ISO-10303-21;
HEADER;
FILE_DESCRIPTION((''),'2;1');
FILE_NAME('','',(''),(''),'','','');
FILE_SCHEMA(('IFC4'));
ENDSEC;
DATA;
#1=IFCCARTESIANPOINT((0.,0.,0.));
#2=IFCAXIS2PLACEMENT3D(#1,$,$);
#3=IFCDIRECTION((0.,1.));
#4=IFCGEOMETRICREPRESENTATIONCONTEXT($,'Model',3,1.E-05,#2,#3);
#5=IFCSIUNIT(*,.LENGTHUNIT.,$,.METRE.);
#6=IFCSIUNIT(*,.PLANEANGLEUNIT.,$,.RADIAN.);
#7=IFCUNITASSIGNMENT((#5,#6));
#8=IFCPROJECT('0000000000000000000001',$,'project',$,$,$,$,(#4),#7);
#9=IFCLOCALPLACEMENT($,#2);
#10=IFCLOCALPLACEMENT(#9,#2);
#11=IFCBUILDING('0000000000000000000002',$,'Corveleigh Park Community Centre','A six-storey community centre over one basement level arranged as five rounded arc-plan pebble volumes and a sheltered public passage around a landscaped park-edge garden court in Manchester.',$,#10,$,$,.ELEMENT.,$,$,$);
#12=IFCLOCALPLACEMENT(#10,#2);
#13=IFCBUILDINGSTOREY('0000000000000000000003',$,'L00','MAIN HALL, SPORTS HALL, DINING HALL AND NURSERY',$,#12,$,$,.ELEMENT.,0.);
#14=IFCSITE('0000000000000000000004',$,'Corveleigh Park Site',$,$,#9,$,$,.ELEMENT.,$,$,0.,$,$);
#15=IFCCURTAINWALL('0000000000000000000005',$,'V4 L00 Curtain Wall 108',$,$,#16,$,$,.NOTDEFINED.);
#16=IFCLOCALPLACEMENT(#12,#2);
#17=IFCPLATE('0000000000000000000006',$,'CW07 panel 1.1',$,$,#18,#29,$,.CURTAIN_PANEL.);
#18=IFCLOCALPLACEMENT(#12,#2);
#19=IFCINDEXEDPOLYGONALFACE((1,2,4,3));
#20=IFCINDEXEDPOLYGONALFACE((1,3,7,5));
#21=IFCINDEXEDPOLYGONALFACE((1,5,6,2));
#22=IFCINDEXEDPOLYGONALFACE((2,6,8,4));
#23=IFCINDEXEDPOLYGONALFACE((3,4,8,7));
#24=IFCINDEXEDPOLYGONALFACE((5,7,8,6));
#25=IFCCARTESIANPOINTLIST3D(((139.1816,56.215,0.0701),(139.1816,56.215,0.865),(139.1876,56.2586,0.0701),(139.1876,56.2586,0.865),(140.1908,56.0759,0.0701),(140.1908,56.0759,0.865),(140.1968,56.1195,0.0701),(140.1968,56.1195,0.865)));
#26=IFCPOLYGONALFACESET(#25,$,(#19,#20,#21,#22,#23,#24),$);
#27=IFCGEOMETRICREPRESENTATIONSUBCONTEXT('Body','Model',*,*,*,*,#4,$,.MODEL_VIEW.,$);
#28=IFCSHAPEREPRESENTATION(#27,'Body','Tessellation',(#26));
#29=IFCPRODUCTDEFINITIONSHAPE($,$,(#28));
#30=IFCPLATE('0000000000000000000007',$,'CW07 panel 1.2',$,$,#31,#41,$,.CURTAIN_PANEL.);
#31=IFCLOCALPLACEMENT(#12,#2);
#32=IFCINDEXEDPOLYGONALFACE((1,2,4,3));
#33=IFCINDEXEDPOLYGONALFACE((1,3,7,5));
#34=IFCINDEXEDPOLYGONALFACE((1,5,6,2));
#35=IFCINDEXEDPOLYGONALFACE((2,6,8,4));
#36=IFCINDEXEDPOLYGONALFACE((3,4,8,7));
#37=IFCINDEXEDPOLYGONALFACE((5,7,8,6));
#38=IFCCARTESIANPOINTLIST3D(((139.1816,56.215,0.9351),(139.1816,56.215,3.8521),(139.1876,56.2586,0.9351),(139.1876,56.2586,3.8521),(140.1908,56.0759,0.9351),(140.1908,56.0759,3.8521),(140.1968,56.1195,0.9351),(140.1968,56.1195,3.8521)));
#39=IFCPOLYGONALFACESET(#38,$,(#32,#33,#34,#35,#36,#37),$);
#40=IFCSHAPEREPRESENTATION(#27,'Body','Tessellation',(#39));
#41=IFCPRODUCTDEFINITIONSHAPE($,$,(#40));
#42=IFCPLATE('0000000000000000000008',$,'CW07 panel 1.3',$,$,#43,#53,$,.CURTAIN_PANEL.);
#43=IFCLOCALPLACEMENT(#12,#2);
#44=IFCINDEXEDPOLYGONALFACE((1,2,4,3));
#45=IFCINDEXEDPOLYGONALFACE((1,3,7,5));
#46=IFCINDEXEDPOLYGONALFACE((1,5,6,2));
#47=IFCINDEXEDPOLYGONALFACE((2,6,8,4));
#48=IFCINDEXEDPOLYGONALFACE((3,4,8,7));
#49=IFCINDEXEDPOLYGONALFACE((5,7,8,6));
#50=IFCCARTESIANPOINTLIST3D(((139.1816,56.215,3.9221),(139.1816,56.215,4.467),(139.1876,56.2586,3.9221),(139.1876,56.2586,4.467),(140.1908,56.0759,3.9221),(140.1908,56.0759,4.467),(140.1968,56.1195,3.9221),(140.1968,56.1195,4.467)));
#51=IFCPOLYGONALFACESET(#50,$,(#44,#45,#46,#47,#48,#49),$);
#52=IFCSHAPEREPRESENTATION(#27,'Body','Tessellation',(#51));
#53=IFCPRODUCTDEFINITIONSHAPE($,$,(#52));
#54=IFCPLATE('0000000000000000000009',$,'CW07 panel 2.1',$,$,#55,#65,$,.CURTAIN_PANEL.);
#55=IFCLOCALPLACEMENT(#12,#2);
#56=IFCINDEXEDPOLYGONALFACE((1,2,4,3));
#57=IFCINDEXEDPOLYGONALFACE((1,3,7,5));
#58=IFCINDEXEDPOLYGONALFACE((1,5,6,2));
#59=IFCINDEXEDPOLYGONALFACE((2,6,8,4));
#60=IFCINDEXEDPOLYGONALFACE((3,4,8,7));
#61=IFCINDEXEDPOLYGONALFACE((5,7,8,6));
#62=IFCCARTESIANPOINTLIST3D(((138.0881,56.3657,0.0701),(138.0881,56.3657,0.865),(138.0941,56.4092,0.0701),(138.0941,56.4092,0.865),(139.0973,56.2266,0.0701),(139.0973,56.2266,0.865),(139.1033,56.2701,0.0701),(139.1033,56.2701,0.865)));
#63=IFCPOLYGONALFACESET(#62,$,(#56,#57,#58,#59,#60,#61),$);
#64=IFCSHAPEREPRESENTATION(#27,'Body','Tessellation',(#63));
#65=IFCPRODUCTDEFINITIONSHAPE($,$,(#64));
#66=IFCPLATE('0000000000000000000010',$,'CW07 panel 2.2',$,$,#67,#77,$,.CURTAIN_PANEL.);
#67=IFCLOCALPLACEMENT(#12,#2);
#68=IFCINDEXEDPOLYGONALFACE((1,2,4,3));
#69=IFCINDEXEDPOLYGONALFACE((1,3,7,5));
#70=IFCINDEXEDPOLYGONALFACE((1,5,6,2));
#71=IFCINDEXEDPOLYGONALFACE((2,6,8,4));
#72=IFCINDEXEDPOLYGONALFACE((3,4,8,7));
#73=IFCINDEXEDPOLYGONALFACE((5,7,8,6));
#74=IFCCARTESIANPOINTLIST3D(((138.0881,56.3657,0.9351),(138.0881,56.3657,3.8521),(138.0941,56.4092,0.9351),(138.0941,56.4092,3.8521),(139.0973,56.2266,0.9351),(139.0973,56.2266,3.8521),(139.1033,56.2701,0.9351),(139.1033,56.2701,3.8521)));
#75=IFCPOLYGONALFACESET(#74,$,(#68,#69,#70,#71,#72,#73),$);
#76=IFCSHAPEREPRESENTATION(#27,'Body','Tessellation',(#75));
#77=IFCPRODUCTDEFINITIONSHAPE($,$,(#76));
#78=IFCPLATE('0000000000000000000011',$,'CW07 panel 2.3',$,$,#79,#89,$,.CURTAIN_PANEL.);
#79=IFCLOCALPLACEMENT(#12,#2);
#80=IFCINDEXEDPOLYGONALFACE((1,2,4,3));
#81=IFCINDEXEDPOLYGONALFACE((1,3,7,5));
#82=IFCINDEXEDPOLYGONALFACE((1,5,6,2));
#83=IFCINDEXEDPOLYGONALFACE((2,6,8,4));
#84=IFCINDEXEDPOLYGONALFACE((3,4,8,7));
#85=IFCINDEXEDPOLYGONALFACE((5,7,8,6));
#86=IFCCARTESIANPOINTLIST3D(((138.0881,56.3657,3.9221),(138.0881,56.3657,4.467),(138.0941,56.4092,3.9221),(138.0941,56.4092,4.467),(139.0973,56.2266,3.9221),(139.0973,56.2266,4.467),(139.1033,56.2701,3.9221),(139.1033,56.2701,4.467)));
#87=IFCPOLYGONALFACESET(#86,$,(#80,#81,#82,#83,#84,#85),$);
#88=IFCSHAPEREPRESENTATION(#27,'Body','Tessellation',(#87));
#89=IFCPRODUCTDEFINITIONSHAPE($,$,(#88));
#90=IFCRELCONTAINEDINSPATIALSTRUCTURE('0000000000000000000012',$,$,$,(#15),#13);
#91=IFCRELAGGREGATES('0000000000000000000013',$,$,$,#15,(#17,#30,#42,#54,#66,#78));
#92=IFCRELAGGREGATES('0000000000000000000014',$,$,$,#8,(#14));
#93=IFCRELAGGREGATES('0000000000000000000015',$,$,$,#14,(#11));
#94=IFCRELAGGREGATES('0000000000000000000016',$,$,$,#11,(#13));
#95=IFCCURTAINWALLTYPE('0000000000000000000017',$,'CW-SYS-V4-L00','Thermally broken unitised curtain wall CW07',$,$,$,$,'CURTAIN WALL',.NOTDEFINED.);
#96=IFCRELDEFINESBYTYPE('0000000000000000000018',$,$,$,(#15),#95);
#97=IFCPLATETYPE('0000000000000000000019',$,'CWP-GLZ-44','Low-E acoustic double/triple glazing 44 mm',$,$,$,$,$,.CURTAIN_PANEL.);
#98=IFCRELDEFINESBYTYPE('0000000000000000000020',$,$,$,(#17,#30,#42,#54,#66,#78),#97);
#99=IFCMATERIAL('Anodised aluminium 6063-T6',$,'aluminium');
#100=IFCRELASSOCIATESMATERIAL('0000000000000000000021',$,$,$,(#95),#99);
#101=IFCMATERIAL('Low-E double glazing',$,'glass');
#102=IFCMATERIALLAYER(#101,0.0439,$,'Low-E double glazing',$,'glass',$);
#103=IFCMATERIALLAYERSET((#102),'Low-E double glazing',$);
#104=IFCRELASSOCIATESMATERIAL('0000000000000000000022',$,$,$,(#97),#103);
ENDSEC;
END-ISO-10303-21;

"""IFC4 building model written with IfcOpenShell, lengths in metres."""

from ifc_helpers import new_model, si_unit, direction, frame, origin, origin_2d, place, context, subcontext, project, spatial, rectangle, extrude, material, layer, layer_set, type_object, element, aggregate, save


model = new_model("IFC4")

# Units and contexts
model_context = context("Model", 3, precision=1e-05, world=origin(), true_north=direction((0.0, 1.0)))
body_context = subcontext(model_context, "Body", "Model", "MODEL_VIEW")
ifc_project = project(units=[si_unit("LENGTHUNIT", "METRE"), si_unit("PLANEANGLEUNIT", "RADIAN")], contexts=[model_context])

# Site, building, storey
site_placement = place(None, origin())
site = spatial("IfcSite", under=ifc_project, at=site_placement, Name="Corveleigh Park Site", CompositionType="ELEMENT", RefElevation=0.0)
building_placement = place(site_placement, origin())
building = spatial("IfcBuilding", under=site, at=building_placement, Name="Corveleigh Park Community Centre", Description="A six-storey community centre over one basement level arranged as five rounded arc-plan pebble volumes and a sheltered public passage around a landscaped park-edge garden court in Manchester.", CompositionType="ELEMENT")
storey_placement = place(building_placement, origin())
storey = spatial("IfcBuildingStorey", under=building, at=storey_placement, Name="L00", Description="MAIN HALL, SPORTS HALL, DINING HALL AND NURSERY", CompositionType="ELEMENT", Elevation=0.0)

# Shared definitions
ifc_material_1 = material(Name="Anodised aluminium 6063-T6", Category="aluminium")
curtain_wall_type = type_object("IfcCurtainWallType", Name="CW-SYS-V4-L00", Description="Thermally broken unitised curtain wall CW07", ElementType="CURTAIN WALL", PredefinedType="NOTDEFINED", material=ifc_material_1)

# Curtain wall
curtain_wall_1_placement = place(storey_placement, origin())
curtain_wall_1 = element("IfcCurtainWall", 1, at=curtain_wall_1_placement, inside=storey, type_object=curtain_wall_type, Name="V4 L00 Curtain Wall 108", PredefinedType="NOTDEFINED")

# Plates
ifc_material_2 = material(Name="Low-E double glazing", Category="glass")
ifc_layer_1 = layer(ifc_material_2, 0.0439, Name="Low-E double glazing", Category="glass")
ifc_layer_set_1 = layer_set([ifc_layer_1], Name="Low-E double glazing")
plate_type_1 = type_object("IfcPlateType", Name="CWP-GLZ-44", Description="Low-E acoustic double/triple glazing 44 mm", PredefinedType="CURTAIN_PANEL", material=ifc_layer_set_1)
plate_1_placement = place(storey_placement, frame((139.6892, 56.1672, 0.0701), z_axis=(0.0, 0.0, 1.0), x_axis=(-0.990635, 0.136534, 0.0)))
plate_1 = element("IfcPlate", 2, at=plate_1_placement, type_object=plate_type_1, Name="CW07 panel 1.1", PredefinedType="CURTAIN_PANEL", context=body_context, shape_type="SweptSolid", body=[
    extrude(rectangle(XDim=1.0188, YDim=0.0439, at=origin_2d()), origin(), (0.0, 0.0, 1.0), 0.7949),
])
plate_2_placement = place(storey_placement, frame((139.6892, 56.1672, 0.9351), z_axis=(0.0, 0.0, 1.0), x_axis=(-0.990635, 0.136534, 0.0)))
plate_2 = element("IfcPlate", 3, at=plate_2_placement, type_object=plate_type_1, Name="CW07 panel 1.2", PredefinedType="CURTAIN_PANEL", context=body_context, shape_type="SweptSolid", body=[
    extrude(rectangle(XDim=1.0188, YDim=0.0439, at=origin_2d()), origin(), (0.0, 0.0, 1.0), 2.917),
])
plate_3_placement = place(storey_placement, frame((139.6892, 56.1672, 3.9221), z_axis=(0.0, 0.0, 1.0), x_axis=(-0.990635, 0.136534, 0.0)))
plate_3 = element("IfcPlate", 4, at=plate_3_placement, type_object=plate_type_1, Name="CW07 panel 1.3", PredefinedType="CURTAIN_PANEL", context=body_context, shape_type="SweptSolid", body=[
    extrude(rectangle(XDim=1.0188, YDim=0.0439, at=origin_2d()), origin(), (0.0, 0.0, 1.0), 0.5449),
])
plate_4_placement = place(storey_placement, frame((138.5957, 56.3179, 0.0701), z_axis=(0.0, 0.0, 1.0), x_axis=(-0.990635, 0.136534, 0.0)))
plate_4 = element("IfcPlate", 5, at=plate_4_placement, type_object=plate_type_1, Name="CW07 panel 2.1", PredefinedType="CURTAIN_PANEL", context=body_context, shape_type="SweptSolid", body=[
    extrude(rectangle(XDim=1.0188, YDim=0.0439, at=origin_2d()), origin(), (0.0, 0.0, 1.0), 0.7949),
])
plate_5_placement = place(storey_placement, frame((138.5957, 56.3179, 0.9351), z_axis=(0.0, 0.0, 1.0), x_axis=(-0.990635, 0.136534, 0.0)))
plate_5 = element("IfcPlate", 6, at=plate_5_placement, type_object=plate_type_1, Name="CW07 panel 2.2", PredefinedType="CURTAIN_PANEL", context=body_context, shape_type="SweptSolid", body=[
    extrude(rectangle(XDim=1.0188, YDim=0.0439, at=origin_2d()), origin(), (0.0, 0.0, 1.0), 2.917),
])
plate_6_placement = place(storey_placement, frame((138.5957, 56.3179, 3.9221), z_axis=(0.0, 0.0, 1.0), x_axis=(-0.990635, 0.136534, 0.0)))
plate_6 = element("IfcPlate", 7, at=plate_6_placement, type_object=plate_type_1, Name="CW07 panel 2.3", PredefinedType="CURTAIN_PANEL", context=body_context, shape_type="SweptSolid", body=[
    extrude(rectangle(XDim=1.0188, YDim=0.0439, at=origin_2d()), origin(), (0.0, 0.0, 1.0), 0.5449),
])
aggregate(curtain_wall_1, [plate_1, plate_2, plate_3, plate_4, plate_5, plate_6])

save(model, "model.ifc")
